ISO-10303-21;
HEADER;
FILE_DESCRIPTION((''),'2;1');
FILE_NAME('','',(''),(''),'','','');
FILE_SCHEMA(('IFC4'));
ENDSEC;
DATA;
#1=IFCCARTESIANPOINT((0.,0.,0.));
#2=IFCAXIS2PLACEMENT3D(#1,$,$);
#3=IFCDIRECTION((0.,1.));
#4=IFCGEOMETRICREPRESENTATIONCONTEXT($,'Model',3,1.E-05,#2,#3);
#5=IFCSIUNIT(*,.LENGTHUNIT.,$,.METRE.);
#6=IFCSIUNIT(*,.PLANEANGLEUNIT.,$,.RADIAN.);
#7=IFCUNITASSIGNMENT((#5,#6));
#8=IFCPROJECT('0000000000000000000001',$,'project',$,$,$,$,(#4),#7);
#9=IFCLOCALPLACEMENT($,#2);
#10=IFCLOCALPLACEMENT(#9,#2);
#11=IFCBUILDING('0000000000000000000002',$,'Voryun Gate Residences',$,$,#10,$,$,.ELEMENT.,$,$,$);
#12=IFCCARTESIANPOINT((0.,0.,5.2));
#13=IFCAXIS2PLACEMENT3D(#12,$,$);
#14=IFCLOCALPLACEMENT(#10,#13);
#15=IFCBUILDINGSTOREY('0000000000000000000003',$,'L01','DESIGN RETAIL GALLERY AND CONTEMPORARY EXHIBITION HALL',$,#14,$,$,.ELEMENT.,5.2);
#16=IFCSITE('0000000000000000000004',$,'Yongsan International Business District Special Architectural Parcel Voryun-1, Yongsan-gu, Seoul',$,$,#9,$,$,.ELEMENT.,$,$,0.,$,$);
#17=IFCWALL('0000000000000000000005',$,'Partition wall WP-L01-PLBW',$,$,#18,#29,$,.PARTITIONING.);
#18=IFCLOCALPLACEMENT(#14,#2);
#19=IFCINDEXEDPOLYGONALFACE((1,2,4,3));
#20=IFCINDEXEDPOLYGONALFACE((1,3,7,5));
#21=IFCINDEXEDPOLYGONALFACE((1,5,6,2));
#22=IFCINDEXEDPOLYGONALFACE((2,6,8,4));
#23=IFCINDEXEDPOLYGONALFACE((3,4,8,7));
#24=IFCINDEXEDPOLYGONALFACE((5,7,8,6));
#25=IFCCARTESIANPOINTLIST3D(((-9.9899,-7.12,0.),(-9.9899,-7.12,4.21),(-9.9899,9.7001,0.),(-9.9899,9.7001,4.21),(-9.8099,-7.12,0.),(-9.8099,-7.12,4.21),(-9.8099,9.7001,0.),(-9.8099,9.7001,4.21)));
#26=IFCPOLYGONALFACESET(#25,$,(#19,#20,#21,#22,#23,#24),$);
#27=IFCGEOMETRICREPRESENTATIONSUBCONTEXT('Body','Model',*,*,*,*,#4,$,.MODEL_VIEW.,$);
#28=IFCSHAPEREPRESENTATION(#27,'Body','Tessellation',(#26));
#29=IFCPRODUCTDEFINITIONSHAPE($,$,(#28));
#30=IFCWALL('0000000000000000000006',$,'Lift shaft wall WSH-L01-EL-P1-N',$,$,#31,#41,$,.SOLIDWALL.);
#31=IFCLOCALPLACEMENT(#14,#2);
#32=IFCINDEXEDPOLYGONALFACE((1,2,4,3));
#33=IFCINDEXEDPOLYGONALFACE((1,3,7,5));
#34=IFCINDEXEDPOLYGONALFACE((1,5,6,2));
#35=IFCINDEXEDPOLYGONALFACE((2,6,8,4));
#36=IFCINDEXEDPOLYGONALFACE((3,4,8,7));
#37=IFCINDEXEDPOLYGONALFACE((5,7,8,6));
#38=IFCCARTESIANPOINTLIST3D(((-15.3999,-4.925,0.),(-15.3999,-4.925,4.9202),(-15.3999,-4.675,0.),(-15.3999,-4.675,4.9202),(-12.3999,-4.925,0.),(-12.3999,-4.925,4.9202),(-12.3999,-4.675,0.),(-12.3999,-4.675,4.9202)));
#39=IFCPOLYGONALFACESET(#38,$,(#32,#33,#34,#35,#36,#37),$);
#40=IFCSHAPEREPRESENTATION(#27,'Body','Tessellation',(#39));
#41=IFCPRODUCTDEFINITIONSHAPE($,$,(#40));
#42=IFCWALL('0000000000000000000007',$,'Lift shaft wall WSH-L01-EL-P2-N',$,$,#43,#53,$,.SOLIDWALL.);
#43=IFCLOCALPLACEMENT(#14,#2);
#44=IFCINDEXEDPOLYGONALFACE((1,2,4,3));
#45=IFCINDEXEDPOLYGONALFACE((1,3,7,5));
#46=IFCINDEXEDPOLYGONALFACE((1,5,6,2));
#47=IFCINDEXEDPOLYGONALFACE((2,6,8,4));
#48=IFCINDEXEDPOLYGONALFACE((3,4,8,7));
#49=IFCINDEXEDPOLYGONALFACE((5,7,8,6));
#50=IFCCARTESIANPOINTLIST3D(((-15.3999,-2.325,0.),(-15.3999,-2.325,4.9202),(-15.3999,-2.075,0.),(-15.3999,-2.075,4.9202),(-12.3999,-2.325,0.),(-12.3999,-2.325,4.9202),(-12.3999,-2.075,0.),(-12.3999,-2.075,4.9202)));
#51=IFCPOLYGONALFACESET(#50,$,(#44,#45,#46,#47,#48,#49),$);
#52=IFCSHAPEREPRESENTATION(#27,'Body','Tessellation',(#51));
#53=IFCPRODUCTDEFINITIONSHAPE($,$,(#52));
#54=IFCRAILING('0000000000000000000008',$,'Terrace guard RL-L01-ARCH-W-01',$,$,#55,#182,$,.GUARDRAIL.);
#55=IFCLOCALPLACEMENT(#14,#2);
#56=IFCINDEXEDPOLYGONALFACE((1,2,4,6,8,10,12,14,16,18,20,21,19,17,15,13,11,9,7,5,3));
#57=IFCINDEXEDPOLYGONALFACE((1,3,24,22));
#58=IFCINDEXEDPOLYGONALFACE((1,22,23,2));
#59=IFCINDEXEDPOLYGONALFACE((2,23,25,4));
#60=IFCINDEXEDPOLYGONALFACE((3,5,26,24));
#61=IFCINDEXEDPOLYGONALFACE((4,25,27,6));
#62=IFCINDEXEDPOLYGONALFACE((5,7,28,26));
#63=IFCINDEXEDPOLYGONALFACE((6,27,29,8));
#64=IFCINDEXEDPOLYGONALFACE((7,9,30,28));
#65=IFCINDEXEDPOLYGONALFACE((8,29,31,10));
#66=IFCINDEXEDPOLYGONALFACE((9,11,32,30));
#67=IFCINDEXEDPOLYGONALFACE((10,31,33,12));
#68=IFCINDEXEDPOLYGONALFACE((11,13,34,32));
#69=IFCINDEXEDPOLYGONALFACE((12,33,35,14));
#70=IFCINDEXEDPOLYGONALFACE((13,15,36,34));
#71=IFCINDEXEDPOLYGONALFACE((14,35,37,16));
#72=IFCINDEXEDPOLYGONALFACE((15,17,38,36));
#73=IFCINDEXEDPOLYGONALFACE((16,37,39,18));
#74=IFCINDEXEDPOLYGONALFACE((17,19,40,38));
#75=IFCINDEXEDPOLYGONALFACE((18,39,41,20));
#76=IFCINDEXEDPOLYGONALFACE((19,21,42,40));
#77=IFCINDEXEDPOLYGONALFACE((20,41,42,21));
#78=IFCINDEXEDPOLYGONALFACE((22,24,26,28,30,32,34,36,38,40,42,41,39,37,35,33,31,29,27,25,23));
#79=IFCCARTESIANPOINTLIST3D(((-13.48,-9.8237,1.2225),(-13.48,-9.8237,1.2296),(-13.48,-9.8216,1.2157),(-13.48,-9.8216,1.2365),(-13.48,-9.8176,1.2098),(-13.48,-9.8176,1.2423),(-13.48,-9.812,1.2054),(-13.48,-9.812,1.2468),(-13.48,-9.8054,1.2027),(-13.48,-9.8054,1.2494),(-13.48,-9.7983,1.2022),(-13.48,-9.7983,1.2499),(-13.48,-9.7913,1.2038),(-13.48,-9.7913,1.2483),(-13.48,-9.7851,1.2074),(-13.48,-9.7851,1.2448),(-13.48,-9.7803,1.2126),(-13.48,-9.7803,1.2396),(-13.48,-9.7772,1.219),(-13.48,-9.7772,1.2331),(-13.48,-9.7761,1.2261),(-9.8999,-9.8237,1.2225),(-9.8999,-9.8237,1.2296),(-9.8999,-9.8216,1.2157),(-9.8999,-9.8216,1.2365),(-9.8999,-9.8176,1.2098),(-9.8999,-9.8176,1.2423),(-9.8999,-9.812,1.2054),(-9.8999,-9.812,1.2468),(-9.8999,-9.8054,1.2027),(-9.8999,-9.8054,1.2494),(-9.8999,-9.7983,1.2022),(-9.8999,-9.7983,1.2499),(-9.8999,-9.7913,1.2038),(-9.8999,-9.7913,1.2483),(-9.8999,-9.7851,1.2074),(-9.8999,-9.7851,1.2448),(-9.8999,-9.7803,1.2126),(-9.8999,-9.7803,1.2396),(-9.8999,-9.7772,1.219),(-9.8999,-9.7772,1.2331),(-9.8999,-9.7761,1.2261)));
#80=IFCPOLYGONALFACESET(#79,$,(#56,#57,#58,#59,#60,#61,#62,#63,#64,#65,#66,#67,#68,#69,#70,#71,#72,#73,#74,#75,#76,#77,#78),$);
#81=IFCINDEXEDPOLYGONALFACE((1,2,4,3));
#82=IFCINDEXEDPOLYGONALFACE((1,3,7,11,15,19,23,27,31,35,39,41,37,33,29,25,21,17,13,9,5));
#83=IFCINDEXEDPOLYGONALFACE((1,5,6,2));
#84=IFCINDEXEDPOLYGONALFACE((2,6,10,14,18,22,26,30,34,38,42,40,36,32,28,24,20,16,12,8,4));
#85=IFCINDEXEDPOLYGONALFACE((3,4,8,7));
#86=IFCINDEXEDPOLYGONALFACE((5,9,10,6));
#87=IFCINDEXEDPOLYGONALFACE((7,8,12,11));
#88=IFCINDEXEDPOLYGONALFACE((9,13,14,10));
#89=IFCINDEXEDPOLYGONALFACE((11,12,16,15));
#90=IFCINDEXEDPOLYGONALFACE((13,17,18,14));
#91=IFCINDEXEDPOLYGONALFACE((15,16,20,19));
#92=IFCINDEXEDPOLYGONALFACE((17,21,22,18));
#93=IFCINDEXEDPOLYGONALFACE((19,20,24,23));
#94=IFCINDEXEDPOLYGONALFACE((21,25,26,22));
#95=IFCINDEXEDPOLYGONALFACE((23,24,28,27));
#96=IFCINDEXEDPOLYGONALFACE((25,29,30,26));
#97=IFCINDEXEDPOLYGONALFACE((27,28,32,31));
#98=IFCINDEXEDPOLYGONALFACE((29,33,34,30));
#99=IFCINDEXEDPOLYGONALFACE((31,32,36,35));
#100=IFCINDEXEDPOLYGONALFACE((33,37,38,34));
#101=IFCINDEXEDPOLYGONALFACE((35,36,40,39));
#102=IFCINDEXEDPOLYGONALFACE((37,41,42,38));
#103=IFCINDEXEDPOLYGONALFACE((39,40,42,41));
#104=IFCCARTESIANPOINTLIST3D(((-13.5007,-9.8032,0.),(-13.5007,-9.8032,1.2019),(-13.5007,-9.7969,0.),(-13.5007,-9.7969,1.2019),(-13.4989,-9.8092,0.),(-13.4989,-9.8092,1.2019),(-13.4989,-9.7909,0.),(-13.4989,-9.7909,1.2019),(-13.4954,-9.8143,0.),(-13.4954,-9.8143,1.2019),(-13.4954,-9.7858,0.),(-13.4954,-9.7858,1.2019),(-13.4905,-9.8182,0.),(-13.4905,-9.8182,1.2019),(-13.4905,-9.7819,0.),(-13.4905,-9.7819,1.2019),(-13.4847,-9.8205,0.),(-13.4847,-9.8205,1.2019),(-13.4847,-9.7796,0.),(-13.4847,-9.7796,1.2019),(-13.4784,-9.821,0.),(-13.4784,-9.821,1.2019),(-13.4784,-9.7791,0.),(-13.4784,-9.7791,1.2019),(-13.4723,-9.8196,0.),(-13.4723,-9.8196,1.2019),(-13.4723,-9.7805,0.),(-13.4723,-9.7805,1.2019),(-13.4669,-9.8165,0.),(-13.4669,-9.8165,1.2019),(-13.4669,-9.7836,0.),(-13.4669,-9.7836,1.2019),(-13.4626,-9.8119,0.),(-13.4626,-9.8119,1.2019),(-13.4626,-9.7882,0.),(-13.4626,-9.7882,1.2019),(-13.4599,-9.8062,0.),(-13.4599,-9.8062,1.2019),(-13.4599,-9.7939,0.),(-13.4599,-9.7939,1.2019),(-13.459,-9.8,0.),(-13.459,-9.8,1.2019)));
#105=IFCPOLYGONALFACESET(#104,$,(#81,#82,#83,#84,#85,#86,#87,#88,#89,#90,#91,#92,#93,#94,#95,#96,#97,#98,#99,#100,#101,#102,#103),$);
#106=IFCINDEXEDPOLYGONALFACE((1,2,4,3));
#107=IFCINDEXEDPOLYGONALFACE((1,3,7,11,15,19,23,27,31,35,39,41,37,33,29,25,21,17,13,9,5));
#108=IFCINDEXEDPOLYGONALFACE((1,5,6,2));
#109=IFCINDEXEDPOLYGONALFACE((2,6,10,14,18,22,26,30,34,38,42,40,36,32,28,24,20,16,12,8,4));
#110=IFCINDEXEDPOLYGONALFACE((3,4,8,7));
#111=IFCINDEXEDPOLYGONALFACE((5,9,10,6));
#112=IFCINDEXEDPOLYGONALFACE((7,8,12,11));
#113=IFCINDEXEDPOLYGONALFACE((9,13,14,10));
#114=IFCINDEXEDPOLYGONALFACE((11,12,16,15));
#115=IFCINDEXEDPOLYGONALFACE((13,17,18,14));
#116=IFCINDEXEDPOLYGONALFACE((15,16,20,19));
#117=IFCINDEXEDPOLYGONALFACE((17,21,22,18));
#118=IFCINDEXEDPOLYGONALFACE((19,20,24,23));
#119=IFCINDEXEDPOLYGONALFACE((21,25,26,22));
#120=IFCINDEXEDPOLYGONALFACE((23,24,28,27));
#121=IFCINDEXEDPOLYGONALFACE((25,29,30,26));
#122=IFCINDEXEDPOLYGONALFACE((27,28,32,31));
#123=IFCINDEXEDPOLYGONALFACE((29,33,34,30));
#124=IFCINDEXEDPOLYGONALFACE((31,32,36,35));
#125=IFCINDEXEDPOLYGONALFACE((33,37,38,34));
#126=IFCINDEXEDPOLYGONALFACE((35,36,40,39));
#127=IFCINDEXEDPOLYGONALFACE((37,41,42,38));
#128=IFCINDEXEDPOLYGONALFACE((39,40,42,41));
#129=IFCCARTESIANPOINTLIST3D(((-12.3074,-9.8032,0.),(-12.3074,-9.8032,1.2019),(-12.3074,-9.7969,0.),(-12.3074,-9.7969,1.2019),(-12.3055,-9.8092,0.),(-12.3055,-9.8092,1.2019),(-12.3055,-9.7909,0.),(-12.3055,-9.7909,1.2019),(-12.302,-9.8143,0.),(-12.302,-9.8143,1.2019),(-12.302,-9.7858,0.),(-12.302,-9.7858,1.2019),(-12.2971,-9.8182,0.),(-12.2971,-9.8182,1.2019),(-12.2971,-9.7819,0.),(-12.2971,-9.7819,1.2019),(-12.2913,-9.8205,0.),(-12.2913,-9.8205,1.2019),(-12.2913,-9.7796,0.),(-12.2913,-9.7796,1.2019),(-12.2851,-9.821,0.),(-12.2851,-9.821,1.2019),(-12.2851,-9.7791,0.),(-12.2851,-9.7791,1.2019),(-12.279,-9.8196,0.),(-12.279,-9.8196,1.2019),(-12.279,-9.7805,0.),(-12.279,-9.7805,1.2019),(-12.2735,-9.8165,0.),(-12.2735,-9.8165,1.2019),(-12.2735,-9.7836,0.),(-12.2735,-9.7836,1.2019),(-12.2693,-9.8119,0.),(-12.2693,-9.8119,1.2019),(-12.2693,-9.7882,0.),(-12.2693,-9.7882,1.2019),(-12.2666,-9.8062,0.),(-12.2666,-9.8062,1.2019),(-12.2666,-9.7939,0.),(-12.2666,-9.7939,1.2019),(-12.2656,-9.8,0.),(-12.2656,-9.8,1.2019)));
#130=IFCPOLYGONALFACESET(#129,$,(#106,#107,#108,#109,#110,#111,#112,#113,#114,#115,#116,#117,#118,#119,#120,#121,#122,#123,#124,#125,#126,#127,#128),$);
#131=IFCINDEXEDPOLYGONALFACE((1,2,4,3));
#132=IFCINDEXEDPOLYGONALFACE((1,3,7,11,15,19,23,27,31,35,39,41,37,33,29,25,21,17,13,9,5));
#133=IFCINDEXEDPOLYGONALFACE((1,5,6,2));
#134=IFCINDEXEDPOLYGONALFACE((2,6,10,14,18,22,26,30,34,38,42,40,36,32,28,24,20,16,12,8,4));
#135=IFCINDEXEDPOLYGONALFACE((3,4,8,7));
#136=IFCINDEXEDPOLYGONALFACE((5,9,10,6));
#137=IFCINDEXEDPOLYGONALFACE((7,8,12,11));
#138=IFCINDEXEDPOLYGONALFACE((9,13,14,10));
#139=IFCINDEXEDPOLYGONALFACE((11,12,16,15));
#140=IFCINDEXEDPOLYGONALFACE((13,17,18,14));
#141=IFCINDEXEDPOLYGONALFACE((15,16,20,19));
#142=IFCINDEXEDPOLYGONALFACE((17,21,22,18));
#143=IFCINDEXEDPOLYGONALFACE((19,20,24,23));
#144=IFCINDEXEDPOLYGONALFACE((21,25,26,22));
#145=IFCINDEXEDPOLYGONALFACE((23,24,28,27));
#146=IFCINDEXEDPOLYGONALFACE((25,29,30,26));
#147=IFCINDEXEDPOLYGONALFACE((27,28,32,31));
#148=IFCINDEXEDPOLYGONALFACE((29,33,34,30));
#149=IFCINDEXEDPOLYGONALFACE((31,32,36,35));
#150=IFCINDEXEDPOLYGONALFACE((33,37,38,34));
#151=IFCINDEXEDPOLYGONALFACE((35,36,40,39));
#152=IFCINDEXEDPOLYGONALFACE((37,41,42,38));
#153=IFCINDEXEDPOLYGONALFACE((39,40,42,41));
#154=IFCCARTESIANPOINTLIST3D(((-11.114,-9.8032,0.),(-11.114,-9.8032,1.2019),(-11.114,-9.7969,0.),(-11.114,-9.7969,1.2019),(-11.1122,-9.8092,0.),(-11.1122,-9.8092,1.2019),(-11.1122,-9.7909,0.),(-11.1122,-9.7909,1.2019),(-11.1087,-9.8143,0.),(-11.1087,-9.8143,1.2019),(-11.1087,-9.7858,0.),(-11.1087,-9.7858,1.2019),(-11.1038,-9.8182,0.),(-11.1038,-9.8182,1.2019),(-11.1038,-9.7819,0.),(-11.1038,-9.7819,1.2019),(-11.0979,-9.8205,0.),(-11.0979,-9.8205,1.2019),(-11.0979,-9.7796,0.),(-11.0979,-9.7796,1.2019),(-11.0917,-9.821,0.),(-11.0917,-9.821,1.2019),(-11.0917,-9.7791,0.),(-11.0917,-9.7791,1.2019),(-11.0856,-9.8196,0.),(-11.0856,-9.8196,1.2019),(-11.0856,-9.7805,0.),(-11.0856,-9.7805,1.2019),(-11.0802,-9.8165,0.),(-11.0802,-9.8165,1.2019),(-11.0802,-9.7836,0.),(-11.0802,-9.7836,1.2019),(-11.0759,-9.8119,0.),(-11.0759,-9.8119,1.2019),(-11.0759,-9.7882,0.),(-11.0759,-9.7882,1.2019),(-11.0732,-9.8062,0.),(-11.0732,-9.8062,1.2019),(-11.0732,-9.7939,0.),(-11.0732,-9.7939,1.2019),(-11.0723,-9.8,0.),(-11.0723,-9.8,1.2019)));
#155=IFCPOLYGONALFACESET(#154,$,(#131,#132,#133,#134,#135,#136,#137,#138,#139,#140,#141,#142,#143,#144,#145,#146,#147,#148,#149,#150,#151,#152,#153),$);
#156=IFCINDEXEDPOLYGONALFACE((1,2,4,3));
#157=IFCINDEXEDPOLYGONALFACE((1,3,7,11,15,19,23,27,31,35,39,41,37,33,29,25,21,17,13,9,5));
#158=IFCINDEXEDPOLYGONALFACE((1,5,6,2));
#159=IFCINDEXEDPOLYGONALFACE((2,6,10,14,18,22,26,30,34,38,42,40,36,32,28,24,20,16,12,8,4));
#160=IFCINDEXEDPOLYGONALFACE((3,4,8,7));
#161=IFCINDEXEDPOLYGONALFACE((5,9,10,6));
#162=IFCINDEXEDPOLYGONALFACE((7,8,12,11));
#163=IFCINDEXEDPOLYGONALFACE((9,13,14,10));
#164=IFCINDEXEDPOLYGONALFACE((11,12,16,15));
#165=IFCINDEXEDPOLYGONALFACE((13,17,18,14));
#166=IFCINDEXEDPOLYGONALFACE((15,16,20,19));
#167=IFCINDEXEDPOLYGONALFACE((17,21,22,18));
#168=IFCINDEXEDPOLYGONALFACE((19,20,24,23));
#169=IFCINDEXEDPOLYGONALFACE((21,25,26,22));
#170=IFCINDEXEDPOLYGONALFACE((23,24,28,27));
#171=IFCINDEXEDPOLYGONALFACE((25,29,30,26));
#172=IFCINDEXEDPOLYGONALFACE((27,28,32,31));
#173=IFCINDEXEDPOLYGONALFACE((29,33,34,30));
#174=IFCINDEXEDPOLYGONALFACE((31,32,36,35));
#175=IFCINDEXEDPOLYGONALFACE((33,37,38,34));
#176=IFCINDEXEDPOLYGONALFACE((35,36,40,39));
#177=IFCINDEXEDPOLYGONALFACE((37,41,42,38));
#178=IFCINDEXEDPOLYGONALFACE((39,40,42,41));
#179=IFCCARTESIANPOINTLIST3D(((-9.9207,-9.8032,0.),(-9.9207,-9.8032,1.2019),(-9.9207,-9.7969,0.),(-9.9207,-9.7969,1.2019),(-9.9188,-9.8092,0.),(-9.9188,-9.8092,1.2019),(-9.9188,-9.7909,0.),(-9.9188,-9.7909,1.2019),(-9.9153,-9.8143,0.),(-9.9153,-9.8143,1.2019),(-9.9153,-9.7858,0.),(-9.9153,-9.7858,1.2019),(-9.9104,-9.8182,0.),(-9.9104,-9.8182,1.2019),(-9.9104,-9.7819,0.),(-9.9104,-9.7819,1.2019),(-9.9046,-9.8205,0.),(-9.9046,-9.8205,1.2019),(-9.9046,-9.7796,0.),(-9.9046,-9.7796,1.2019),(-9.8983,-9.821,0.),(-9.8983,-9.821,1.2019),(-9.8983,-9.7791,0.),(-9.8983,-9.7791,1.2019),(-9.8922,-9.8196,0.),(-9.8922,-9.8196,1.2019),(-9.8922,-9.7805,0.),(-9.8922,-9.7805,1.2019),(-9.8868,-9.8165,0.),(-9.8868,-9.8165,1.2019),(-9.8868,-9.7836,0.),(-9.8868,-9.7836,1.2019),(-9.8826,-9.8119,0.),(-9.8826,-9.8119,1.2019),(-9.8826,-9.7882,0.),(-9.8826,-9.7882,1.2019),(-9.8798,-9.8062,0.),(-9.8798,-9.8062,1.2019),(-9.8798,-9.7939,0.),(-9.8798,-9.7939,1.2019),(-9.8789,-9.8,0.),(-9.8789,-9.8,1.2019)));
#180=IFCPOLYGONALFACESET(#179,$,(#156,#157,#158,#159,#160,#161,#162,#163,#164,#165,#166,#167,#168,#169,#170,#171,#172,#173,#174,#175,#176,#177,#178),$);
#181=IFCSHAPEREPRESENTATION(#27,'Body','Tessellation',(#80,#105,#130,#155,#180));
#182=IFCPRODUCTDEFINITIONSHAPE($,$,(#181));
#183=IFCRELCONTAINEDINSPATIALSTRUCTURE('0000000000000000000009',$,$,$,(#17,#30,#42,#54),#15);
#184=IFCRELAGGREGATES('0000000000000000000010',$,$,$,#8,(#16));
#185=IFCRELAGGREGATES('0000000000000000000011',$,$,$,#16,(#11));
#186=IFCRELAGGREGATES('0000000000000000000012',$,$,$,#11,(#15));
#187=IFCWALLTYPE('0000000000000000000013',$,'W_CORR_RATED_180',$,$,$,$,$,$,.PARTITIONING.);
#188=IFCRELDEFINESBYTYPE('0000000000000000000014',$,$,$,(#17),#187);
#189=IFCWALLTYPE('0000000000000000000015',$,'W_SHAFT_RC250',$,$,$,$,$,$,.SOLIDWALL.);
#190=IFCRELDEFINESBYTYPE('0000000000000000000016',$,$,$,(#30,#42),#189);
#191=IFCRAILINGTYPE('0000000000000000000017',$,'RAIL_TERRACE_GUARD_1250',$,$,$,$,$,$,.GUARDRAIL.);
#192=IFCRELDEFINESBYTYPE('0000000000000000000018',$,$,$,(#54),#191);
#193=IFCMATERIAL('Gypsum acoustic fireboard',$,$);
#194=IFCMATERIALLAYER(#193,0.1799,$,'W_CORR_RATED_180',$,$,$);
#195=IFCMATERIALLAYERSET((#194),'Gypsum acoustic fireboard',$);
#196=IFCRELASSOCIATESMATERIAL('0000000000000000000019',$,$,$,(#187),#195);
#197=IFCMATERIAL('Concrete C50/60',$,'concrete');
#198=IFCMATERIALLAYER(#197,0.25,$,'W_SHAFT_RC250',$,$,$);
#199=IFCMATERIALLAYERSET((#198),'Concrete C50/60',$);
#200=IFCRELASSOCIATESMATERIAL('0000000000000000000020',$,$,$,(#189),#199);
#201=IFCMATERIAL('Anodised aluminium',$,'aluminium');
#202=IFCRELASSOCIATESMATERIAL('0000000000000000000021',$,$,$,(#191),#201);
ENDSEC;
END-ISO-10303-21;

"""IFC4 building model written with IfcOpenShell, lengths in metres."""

from ifc_helpers import new_model, si_unit, direction, frame, frame_2d, origin, origin_2d, place, context, subcontext, project, spatial, rectangle, circle, extrude, material, layer, layer_set, type_object, element, save


model = new_model("IFC4")

# Units and contexts
model_context = context("Model", 3, precision=1e-05, world=origin(), true_north=direction((0.0, 1.0)))
body_context = subcontext(model_context, "Body", "Model", "MODEL_VIEW")
ifc_project = project(units=[si_unit("LENGTHUNIT", "METRE"), si_unit("PLANEANGLEUNIT", "RADIAN")], contexts=[model_context])

# Site, building, storey
site_placement = place(None, origin())
site = spatial("IfcSite", under=ifc_project, at=site_placement, Name="Yongsan International Business District Special Architectural Parcel Voryun-1, Yongsan-gu, Seoul", CompositionType="ELEMENT", RefElevation=0.0)
building_placement = place(site_placement, origin())
building = spatial("IfcBuilding", under=site, at=building_placement, Name="Voryun Gate Residences", CompositionType="ELEMENT")
storey_placement = place(building_placement, frame((0.0, 0.0, 5.2)))
storey = spatial("IfcBuildingStorey", under=building, at=storey_placement, Name="L01", Description="DESIGN RETAIL GALLERY AND CONTEMPORARY EXHIBITION HALL", CompositionType="ELEMENT", Elevation=5.2)

# Shared definitions
ifc_material_1 = material(Name="Gypsum acoustic fireboard")
ifc_layer_1 = layer(ifc_material_1, 0.1799, Name="W_CORR_RATED_180")
ifc_layer_set_1 = layer_set([ifc_layer_1], Name="Gypsum acoustic fireboard")
wall_type_1 = type_object("IfcWallType", Name="W_CORR_RATED_180", PredefinedType="PARTITIONING", material=ifc_layer_set_1)

# Walls
wall_1_placement = place(storey_placement, frame((-9.8999, -7.1201, 0.0), z_axis=(0.0, 0.0, 1.0), x_axis=(0.0, 1.0, 0.0)))
element("IfcWall", 1, at=wall_1_placement, inside=storey, type_object=wall_type_1, Name="Partition wall WP-L01-PLBW", PredefinedType="PARTITIONING", context=body_context, shape_type="SweptSolid", body=[
    extrude(rectangle(XDim=16.8201, YDim=0.1799, at=frame_2d((8.4102, 0.0))), origin(), (0.0, 0.0, 1.0), 4.21),
])
ifc_material_2 = material(Name="Concrete C50/60", Category="concrete")
ifc_layer_2 = layer(ifc_material_2, 0.25, Name="W_SHAFT_RC250")
ifc_layer_set_2 = layer_set([ifc_layer_2], Name="Concrete C50/60")
wall_type_2 = type_object("IfcWallType", Name="W_SHAFT_RC250", PredefinedType="SOLIDWALL", material=ifc_layer_set_2)
for number, where, z_axis, x_axis, name in (
    (2, (-12.3999, -4.8, 0.0), (0.0, 0.0, 1.0), (-1.0, 0.0, 0.0), "Lift shaft wall WSH-L01-EL-P1-N"),
    (3, (-12.3999, -2.2, 0.0), (0.0, 0.0, 1.0), (-1.0, 0.0, 0.0), "Lift shaft wall WSH-L01-EL-P2-N"),
):
    element("IfcWall", number, at=place(storey_placement, frame(where, z_axis=z_axis, x_axis=x_axis)), inside=storey, type_object=wall_type_2, Name=name, PredefinedType="SOLIDWALL", context=body_context, shape_type="SweptSolid", body=[
        extrude(rectangle(XDim=3.0, YDim=0.25, at=frame_2d((1.5, 0.0))), origin(), (0.0, 0.0, 1.0), 4.9202),
    ])

# Railing
ifc_material_3 = material(Name="Anodised aluminium", Category="aluminium")
railing_type = type_object("IfcRailingType", Name="RAIL_TERRACE_GUARD_1250", PredefinedType="GUARDRAIL", material=ifc_material_3)
railing_1_placement = place(storey_placement, frame((-13.48, -9.8, 0.0)))
element("IfcRailing", 4, at=railing_1_placement, inside=storey, type_object=railing_type, Name="Terrace guard RL-L01-ARCH-W-01", PredefinedType="GUARDRAIL", context=body_context, shape_type="SweptSolid", body=[
    extrude(circle(Radius=0.0239, at=origin_2d()), frame((0.0, 0.0, 1.2261), z_axis=(1.0, 0.0, 0.0), x_axis=(0.0, 1.0, 0.0)), (0.0, 0.0, 1.0), 3.5801),
    extrude(circle(Radius=0.021, at=origin_2d()), origin(), (0.0, 0.0, 1.0), 1.2019),
    extrude(circle(Radius=0.021, at=origin_2d()), frame((1.1934, 0.0, 0.0)), (0.0, 0.0, 1.0), 1.2019),
    extrude(circle(Radius=0.021, at=origin_2d()), frame((2.3867, 0.0, 0.0)), (0.0, 0.0, 1.0), 1.2019),
    extrude(circle(Radius=0.021, at=origin_2d()), frame((3.5801, 0.0, 0.0)), (0.0, 0.0, 1.0), 1.2019),
])

save(model, "model.ifc")
